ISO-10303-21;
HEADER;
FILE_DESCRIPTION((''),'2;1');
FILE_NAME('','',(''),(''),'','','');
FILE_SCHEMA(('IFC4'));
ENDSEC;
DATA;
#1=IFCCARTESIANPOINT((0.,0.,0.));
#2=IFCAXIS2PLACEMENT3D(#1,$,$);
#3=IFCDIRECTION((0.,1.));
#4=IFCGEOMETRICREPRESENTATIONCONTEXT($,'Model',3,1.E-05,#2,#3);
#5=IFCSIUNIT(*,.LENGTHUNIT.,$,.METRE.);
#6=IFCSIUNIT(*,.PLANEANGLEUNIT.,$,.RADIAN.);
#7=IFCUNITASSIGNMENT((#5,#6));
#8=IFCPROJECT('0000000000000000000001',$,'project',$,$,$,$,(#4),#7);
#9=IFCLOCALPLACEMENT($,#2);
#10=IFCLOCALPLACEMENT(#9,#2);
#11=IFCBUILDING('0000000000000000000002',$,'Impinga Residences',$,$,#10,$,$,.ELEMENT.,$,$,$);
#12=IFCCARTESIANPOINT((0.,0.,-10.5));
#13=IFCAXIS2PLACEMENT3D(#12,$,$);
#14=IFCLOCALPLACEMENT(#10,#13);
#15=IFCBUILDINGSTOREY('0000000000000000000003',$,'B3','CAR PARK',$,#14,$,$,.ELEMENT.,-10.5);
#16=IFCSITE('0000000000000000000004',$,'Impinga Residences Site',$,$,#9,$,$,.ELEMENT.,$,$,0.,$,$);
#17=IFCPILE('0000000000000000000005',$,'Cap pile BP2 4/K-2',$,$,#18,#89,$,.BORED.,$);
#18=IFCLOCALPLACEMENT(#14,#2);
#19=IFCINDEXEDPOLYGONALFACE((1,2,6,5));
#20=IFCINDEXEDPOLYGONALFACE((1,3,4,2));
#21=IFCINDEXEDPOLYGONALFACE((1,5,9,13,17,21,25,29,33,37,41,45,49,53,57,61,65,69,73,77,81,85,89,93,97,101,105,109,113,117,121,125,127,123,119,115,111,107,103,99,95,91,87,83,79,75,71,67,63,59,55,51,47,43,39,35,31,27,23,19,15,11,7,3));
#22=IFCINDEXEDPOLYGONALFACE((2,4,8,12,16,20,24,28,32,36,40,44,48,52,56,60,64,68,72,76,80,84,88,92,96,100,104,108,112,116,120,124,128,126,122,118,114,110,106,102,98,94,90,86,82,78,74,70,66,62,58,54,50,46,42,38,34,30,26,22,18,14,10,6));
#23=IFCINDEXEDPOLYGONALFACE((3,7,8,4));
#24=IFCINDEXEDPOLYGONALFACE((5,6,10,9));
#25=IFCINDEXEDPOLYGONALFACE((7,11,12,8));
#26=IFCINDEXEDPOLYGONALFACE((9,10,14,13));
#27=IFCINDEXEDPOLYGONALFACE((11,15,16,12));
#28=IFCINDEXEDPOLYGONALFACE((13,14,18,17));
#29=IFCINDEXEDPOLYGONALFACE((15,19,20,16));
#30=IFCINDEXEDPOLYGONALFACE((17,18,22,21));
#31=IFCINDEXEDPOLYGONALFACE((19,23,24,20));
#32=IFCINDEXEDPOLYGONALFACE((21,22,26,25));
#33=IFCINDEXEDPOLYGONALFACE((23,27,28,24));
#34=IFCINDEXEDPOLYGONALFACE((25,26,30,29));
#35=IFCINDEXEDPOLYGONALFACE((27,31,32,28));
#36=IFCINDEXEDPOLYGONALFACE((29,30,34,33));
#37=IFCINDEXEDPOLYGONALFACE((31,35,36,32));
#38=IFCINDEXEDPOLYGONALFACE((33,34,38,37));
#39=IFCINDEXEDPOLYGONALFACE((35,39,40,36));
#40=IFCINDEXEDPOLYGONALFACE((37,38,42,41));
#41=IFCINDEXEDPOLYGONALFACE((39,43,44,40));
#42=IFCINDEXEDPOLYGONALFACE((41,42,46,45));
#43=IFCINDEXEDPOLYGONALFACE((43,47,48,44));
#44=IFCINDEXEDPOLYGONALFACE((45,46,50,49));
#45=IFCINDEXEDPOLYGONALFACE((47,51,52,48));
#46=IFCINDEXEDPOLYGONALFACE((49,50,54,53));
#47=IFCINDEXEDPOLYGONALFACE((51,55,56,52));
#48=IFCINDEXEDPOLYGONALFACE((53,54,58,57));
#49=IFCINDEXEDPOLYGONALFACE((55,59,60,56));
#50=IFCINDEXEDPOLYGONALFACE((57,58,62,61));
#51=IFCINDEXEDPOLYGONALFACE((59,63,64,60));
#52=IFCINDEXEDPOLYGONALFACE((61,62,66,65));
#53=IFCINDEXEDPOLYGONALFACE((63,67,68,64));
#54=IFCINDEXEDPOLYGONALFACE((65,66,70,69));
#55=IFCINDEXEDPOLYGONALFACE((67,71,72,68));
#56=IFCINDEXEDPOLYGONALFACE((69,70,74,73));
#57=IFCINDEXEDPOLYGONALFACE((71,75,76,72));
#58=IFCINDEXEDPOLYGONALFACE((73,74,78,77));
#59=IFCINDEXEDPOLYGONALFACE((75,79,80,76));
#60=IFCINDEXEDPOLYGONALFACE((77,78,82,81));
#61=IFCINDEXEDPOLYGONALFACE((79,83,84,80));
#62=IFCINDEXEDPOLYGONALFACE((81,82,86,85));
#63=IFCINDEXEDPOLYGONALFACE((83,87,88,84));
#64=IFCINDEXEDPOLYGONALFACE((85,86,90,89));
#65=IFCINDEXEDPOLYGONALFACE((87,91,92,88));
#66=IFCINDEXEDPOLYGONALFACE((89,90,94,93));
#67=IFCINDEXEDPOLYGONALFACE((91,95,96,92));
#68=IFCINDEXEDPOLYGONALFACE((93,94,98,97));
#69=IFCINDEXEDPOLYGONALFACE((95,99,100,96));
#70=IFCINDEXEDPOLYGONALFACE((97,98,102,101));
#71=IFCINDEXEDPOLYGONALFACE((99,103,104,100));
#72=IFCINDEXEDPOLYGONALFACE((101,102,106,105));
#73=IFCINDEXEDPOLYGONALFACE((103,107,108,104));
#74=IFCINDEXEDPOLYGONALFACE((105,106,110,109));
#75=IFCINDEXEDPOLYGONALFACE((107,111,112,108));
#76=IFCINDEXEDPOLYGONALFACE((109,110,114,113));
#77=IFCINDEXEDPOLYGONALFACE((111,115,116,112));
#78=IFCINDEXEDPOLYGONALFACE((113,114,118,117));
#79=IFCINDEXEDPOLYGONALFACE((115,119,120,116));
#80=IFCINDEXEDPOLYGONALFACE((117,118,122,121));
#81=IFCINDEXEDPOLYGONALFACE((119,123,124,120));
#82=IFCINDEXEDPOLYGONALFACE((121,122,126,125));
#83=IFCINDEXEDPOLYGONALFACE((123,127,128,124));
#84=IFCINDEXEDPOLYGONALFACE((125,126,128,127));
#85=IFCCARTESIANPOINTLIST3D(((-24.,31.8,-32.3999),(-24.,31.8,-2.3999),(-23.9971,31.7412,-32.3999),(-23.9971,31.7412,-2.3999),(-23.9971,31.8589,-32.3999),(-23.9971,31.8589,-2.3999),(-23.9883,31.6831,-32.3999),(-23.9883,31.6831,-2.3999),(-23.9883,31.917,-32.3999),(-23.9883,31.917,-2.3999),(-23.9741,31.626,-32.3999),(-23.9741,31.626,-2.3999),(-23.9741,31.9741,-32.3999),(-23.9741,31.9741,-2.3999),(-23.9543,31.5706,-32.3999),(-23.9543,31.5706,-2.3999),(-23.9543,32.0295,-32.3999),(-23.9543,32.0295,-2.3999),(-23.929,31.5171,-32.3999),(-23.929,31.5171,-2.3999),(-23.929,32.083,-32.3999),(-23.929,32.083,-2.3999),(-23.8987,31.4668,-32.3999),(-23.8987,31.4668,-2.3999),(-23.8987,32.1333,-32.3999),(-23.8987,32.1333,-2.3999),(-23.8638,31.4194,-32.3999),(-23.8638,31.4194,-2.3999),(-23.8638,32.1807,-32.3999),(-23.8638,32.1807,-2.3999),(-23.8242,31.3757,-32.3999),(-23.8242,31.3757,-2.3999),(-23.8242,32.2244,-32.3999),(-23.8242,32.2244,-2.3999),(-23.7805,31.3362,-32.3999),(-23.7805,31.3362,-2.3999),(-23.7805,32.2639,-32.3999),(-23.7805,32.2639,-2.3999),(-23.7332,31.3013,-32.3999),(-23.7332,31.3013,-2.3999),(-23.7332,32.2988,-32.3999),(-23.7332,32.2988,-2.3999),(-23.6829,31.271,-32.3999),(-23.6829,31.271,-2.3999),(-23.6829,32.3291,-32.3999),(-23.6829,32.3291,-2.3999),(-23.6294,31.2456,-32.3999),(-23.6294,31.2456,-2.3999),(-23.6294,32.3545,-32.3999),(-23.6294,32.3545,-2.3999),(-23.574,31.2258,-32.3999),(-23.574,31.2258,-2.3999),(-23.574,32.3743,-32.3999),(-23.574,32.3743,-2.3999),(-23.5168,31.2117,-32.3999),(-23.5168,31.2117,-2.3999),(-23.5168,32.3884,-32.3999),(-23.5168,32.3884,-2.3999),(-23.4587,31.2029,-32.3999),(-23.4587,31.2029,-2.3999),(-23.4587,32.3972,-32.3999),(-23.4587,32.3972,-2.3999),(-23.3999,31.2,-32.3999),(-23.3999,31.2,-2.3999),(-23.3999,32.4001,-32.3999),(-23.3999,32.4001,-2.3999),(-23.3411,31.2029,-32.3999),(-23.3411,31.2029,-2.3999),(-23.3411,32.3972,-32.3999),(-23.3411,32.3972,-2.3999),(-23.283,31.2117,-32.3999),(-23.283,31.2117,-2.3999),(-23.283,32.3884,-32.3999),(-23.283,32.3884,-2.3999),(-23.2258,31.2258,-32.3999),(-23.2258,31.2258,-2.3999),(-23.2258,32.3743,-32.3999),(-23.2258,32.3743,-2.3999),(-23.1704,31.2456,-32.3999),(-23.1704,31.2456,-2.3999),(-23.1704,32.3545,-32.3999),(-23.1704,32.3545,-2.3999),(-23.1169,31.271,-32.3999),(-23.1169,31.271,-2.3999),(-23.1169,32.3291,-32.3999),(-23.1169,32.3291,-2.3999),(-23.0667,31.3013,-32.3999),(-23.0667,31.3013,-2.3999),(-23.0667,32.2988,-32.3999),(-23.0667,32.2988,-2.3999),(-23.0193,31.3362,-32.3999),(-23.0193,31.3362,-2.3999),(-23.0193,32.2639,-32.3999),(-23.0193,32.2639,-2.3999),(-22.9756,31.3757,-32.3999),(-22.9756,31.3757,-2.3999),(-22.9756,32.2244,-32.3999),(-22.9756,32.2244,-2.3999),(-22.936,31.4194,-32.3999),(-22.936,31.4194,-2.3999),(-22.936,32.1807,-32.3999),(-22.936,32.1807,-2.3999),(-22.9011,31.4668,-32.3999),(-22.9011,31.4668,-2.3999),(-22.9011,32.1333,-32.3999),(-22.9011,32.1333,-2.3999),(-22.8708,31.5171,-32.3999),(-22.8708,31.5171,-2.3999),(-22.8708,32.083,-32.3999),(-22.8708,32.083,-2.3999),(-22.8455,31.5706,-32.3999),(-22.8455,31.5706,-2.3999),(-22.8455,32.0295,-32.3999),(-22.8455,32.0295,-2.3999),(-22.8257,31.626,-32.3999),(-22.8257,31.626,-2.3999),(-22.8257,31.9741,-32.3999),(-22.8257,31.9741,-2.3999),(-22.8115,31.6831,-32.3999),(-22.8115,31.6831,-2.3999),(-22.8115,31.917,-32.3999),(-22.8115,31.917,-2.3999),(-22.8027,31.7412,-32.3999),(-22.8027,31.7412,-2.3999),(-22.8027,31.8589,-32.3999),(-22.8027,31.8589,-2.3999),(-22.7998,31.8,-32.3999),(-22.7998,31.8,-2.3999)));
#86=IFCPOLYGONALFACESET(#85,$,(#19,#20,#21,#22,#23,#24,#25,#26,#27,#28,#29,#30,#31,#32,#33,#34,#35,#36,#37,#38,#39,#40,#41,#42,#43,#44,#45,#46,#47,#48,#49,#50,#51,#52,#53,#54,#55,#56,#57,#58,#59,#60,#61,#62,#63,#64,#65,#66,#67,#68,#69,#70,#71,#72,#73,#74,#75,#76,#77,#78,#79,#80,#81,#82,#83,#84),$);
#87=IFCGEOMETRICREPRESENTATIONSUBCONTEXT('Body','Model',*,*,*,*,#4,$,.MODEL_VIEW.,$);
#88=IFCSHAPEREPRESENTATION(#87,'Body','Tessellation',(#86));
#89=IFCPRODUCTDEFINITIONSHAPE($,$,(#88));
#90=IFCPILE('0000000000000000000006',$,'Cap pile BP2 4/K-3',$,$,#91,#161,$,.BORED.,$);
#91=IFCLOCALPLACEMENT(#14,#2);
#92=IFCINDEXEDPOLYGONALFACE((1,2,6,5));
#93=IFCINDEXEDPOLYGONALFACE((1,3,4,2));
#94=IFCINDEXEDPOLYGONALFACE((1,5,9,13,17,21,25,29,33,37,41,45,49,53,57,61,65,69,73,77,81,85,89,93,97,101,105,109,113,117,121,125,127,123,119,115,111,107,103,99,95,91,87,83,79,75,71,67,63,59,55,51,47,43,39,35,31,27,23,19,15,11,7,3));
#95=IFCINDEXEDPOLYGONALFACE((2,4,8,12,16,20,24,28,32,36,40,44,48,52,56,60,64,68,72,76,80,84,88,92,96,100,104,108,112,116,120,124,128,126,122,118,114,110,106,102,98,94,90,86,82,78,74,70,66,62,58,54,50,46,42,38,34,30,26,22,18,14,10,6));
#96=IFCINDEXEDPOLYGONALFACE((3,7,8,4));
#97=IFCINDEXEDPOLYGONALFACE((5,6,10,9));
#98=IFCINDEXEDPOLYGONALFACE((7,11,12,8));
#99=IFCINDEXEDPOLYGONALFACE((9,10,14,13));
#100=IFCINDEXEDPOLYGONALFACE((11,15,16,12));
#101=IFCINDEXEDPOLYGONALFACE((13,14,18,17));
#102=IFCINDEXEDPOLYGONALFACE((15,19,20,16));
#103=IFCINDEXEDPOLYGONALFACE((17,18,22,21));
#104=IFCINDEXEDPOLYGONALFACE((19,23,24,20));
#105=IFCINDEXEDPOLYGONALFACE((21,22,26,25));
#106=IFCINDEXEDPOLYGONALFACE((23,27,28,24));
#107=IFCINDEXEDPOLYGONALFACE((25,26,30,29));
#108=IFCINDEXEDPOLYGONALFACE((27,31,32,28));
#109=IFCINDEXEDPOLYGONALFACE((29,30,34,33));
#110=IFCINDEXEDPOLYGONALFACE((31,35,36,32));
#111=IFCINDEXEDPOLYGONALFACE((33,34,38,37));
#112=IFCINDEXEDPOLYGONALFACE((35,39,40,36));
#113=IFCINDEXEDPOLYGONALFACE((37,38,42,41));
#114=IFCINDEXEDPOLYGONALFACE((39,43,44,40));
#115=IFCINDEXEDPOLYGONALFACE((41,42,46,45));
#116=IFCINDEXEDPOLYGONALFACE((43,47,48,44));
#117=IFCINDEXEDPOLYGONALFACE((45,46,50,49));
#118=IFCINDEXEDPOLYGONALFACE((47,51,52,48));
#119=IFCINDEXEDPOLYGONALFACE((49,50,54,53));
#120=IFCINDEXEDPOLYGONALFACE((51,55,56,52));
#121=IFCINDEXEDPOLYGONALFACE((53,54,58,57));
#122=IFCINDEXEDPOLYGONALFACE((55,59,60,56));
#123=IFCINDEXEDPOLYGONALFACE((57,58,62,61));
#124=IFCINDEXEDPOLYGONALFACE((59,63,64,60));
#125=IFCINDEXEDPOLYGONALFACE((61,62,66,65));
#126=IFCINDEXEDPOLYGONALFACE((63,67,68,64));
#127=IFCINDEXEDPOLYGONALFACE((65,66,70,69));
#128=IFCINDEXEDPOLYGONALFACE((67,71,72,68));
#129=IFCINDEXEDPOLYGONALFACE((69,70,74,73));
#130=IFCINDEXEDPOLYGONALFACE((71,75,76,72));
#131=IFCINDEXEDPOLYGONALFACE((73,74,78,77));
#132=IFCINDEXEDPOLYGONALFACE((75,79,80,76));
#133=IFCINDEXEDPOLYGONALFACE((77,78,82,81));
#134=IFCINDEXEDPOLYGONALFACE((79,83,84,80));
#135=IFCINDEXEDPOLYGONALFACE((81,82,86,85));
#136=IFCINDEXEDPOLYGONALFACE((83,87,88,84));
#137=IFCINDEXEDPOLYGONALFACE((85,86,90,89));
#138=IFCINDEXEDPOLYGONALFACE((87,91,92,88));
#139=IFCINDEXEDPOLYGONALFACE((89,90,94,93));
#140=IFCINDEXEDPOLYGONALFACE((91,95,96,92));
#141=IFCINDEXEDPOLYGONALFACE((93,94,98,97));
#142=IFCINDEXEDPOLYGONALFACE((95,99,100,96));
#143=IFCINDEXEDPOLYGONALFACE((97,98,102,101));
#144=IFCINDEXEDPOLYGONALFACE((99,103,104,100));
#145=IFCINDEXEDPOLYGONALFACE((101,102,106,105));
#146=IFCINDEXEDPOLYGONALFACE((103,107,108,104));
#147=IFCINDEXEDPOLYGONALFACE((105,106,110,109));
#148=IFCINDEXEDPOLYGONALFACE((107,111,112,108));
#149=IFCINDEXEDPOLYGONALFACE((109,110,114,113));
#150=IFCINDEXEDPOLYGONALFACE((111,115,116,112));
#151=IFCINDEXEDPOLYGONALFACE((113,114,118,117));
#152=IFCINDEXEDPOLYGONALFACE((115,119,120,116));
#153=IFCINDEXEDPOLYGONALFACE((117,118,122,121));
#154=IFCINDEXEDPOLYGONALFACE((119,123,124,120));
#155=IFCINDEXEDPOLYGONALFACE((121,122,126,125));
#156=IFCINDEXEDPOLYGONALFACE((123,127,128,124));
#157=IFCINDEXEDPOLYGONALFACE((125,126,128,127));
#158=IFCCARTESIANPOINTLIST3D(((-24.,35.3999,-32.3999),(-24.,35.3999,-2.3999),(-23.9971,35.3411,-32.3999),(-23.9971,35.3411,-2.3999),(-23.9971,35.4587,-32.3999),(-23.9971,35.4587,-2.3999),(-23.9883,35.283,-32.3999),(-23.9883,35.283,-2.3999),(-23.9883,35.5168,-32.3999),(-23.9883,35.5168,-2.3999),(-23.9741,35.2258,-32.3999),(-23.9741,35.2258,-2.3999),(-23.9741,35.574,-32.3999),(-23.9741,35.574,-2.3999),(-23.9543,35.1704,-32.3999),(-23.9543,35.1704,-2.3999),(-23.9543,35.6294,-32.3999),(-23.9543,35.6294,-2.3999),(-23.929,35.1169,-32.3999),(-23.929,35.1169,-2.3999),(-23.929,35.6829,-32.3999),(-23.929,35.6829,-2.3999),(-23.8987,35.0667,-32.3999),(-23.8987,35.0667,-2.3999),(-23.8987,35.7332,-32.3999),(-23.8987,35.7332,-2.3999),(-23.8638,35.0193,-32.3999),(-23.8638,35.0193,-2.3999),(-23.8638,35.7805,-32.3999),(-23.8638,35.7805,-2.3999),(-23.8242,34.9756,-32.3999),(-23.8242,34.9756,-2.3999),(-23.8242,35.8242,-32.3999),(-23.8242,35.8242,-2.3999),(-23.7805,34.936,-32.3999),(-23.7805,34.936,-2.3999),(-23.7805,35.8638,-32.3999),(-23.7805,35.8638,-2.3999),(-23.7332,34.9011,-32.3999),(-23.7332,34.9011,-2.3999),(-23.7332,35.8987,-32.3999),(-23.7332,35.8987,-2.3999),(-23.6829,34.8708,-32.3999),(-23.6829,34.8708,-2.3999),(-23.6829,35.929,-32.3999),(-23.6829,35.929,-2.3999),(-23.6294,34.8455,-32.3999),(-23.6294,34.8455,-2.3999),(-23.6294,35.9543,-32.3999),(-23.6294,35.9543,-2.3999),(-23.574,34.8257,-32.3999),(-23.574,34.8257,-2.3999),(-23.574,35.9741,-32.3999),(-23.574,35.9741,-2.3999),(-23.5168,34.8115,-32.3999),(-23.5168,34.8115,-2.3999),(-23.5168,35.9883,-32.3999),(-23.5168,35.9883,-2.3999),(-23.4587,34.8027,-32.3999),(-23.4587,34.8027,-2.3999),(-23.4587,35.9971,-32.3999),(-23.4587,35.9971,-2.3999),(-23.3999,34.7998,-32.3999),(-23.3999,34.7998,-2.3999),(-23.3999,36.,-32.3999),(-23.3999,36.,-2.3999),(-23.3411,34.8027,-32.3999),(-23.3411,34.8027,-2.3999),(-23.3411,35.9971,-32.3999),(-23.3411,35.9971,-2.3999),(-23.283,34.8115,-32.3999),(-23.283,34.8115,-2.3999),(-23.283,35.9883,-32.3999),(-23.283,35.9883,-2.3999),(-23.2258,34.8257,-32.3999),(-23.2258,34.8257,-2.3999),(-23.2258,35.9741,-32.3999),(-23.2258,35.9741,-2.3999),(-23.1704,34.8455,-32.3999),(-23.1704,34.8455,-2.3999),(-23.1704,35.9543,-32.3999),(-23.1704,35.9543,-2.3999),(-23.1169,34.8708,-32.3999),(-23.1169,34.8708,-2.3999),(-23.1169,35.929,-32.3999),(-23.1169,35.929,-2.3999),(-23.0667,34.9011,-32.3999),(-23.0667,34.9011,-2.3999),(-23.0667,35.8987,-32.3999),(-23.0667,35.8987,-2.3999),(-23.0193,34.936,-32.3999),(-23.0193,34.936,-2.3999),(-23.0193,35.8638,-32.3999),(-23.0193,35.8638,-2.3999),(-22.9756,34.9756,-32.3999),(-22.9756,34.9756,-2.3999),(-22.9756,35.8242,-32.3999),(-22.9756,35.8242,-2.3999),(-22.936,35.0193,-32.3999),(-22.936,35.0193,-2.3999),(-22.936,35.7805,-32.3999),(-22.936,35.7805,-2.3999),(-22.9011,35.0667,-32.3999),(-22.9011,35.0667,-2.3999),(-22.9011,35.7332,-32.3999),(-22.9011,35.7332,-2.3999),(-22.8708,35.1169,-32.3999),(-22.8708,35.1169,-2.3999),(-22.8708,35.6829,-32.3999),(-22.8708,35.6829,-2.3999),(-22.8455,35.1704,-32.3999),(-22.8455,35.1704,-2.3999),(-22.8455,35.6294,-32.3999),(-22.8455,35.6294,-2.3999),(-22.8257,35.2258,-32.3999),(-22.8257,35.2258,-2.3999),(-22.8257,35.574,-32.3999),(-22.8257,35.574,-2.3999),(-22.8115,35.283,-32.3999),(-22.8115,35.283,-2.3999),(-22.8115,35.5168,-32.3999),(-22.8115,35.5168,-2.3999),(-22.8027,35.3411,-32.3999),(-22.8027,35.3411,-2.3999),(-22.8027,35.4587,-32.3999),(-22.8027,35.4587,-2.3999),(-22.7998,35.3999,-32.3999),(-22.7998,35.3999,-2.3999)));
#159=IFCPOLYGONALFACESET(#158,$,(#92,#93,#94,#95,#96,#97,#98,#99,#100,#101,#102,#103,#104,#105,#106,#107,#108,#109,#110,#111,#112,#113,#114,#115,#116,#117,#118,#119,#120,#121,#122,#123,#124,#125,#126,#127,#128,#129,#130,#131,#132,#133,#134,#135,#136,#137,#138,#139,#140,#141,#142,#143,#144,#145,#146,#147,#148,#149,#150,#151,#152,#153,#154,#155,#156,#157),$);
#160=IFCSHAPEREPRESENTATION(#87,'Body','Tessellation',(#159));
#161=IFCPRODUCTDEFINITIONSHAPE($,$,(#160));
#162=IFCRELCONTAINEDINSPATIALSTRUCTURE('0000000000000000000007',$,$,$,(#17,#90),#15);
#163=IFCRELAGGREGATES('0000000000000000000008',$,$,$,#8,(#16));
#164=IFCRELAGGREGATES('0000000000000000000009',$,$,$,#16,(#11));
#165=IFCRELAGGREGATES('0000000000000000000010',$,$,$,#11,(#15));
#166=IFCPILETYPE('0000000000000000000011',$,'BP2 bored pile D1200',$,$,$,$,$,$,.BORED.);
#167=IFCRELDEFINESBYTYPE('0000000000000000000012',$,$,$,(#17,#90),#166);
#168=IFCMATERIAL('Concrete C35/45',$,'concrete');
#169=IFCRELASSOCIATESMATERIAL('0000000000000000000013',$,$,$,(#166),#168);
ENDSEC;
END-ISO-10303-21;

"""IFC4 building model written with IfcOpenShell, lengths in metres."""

from ifc_helpers import new_model, si_unit, direction, frame, origin, origin_2d, place, context, subcontext, project, spatial, polyline, circle, outline, extrude, material, material_profile, profile_set, type_object, element, save


model = new_model("IFC4")

# Units and contexts
model_context = context("Model", 3, precision=1e-05, world=origin(), true_north=direction((0.0, 1.0)))
body_context = subcontext(model_context, "Body", "Model", "MODEL_VIEW")
ifc_project = project(units=[si_unit("LENGTHUNIT", "METRE"), si_unit("PLANEANGLEUNIT", "RADIAN")], contexts=[model_context])

# Site, building, storey
site_placement = place(None, origin())
site = spatial("IfcSite", under=ifc_project, at=site_placement, Name="Impinga Residences Site", CompositionType="ELEMENT", RefElevation=0.0)
building_placement = place(site_placement, origin())
building = spatial("IfcBuilding", under=site, at=building_placement, Name="Impinga Residences", CompositionType="ELEMENT")
storey_placement = place(building_placement, frame((0.0, 0.0, -10.5)))
storey = spatial("IfcBuildingStorey", under=building, at=storey_placement, Name="B3", Description="CAR PARK", CompositionType="ELEMENT", Elevation=-10.5)

# Piles
ifc_material_1 = material(Name="Concrete C35/45", Category="concrete")
ifc_material_profile_1 = material_profile(ifc_material_1, circle(Radius=0.6001, at=origin_2d()), Name="D1200")
ifc_profile_set_1 = profile_set([ifc_material_profile_1], Name="Concrete C35/45")
pile_type_1 = type_object("IfcPileType", Name="BP2 bored pile D1200", PredefinedType="BORED", material=ifc_profile_set_1)
pile_1_placement = place(storey_placement, frame((-23.3999, 31.8, -2.3999), z_axis=(0.0, 0.0, -1.0), x_axis=(1.0, 0.0, 0.0)))
element("IfcPile", 1, at=pile_1_placement, inside=storey, type_object=pile_type_1, Name="Cap pile BP2 4/K-2", PredefinedType="BORED", context=body_context, shape_type="SweptSolid", body=[
    extrude(outline(polyline([(0.6001, 0.0), (0.5972, 0.0588), (0.5884, 0.1169), (0.5742, 0.1741), (0.5544, 0.2295), (0.5291, 0.283), (0.4988, 0.3333), (0.4639, 0.3806), (0.4243, 0.4243), (0.3806, 0.4639), (0.3333, 0.4988), (0.283, 0.5291), (0.2295, 0.5544), (0.1741, 0.5742), (0.1169, 0.5884), (0.0588, 0.5972), (0.0, 0.6001), (-0.0588, 0.5972), (-0.1169, 0.5884), (-0.1741, 0.5742), (-0.2295, 0.5544), (-0.283, 0.5291), (-0.3333, 0.4988), (-0.3806, 0.4639), (-0.4243, 0.4243), (-0.4639, 0.3806), (-0.4988, 0.3333), (-0.5291, 0.283), (-0.5544, 0.2295), (-0.5742, 0.1741), (-0.5884, 0.1169), (-0.5972, 0.0588), (-0.6001, 0.0), (-0.5972, -0.0588), (-0.5884, -0.1169), (-0.5742, -0.1741), (-0.5544, -0.2295), (-0.5291, -0.283), (-0.4988, -0.3333), (-0.4639, -0.3806), (-0.4243, -0.4243), (-0.3806, -0.4639), (-0.3333, -0.4988), (-0.283, -0.5291), (-0.2295, -0.5544), (-0.1741, -0.5742), (-0.1169, -0.5884), (-0.0588, -0.5972), (0.0, -0.6001), (0.0588, -0.5972), (0.1169, -0.5884), (0.1741, -0.5742), (0.2295, -0.5544), (0.283, -0.5291), (0.3333, -0.4988), (0.3806, -0.4639), (0.4243, -0.4243), (0.4639, -0.3806), (0.4988, -0.3333), (0.5291, -0.283), (0.5544, -0.2295), (0.5742, -0.1741), (0.5884, -0.1169), (0.5972, -0.0588), (0.6001, 0.0)])), origin(), (0.0, 0.0, 1.0), 30.0),
])
pile_2_placement = place(storey_placement, frame((-23.3999, 35.3999, -2.3999), z_axis=(0.0, 0.0, -1.0), x_axis=(1.0, 0.0, 0.0)))
element("IfcPile", 2, at=pile_2_placement, inside=storey, type_object=pile_type_1, Name="Cap pile BP2 4/K-3", PredefinedType="BORED", context=body_context, shape_type="SweptSolid", body=[
    extrude(outline(polyline([(0.6001, 0.0), (0.5972, 0.0588), (0.5884, 0.1169), (0.5742, 0.1741), (0.5544, 0.2295), (0.5291, 0.283), (0.4988, 0.3333), (0.4639, 0.3806), (0.4243, 0.4243), (0.3806, 0.4639), (0.3333, 0.4988), (0.283, 0.5291), (0.2295, 0.5544), (0.1741, 0.5742), (0.1169, 0.5884), (0.0588, 0.5972), (0.0, 0.6001), (-0.0588, 0.5972), (-0.1169, 0.5884), (-0.1741, 0.5742), (-0.2295, 0.5544), (-0.283, 0.5291), (-0.3333, 0.4988), (-0.3806, 0.4639), (-0.4243, 0.4243), (-0.4639, 0.3806), (-0.4988, 0.3333), (-0.5291, 0.283), (-0.5544, 0.2295), (-0.5742, 0.1741), (-0.5884, 0.1169), (-0.5972, 0.0588), (-0.6001, 0.0), (-0.5972, -0.0588), (-0.5884, -0.1169), (-0.5742, -0.1741), (-0.5544, -0.2295), (-0.5291, -0.283), (-0.4988, -0.3333), (-0.4639, -0.3806), (-0.4243, -0.4243), (-0.3806, -0.4639), (-0.3333, -0.4988), (-0.283, -0.5291), (-0.2295, -0.5544), (-0.1741, -0.5742), (-0.1169, -0.5884), (-0.0588, -0.5972), (0.0, -0.6001), (0.0588, -0.5972), (0.1169, -0.5884), (0.1741, -0.5742), (0.2295, -0.5544), (0.283, -0.5291), (0.3333, -0.4988), (0.3806, -0.4639), (0.4243, -0.4243), (0.4639, -0.3806), (0.4988, -0.3333), (0.5291, -0.283), (0.5544, -0.2295), (0.5742, -0.1741), (0.5884, -0.1169), (0.5972, -0.0588), (0.6001, 0.0)])), origin(), (0.0, 0.0, 1.0), 30.0),
])

save(model, "model.ifc")
